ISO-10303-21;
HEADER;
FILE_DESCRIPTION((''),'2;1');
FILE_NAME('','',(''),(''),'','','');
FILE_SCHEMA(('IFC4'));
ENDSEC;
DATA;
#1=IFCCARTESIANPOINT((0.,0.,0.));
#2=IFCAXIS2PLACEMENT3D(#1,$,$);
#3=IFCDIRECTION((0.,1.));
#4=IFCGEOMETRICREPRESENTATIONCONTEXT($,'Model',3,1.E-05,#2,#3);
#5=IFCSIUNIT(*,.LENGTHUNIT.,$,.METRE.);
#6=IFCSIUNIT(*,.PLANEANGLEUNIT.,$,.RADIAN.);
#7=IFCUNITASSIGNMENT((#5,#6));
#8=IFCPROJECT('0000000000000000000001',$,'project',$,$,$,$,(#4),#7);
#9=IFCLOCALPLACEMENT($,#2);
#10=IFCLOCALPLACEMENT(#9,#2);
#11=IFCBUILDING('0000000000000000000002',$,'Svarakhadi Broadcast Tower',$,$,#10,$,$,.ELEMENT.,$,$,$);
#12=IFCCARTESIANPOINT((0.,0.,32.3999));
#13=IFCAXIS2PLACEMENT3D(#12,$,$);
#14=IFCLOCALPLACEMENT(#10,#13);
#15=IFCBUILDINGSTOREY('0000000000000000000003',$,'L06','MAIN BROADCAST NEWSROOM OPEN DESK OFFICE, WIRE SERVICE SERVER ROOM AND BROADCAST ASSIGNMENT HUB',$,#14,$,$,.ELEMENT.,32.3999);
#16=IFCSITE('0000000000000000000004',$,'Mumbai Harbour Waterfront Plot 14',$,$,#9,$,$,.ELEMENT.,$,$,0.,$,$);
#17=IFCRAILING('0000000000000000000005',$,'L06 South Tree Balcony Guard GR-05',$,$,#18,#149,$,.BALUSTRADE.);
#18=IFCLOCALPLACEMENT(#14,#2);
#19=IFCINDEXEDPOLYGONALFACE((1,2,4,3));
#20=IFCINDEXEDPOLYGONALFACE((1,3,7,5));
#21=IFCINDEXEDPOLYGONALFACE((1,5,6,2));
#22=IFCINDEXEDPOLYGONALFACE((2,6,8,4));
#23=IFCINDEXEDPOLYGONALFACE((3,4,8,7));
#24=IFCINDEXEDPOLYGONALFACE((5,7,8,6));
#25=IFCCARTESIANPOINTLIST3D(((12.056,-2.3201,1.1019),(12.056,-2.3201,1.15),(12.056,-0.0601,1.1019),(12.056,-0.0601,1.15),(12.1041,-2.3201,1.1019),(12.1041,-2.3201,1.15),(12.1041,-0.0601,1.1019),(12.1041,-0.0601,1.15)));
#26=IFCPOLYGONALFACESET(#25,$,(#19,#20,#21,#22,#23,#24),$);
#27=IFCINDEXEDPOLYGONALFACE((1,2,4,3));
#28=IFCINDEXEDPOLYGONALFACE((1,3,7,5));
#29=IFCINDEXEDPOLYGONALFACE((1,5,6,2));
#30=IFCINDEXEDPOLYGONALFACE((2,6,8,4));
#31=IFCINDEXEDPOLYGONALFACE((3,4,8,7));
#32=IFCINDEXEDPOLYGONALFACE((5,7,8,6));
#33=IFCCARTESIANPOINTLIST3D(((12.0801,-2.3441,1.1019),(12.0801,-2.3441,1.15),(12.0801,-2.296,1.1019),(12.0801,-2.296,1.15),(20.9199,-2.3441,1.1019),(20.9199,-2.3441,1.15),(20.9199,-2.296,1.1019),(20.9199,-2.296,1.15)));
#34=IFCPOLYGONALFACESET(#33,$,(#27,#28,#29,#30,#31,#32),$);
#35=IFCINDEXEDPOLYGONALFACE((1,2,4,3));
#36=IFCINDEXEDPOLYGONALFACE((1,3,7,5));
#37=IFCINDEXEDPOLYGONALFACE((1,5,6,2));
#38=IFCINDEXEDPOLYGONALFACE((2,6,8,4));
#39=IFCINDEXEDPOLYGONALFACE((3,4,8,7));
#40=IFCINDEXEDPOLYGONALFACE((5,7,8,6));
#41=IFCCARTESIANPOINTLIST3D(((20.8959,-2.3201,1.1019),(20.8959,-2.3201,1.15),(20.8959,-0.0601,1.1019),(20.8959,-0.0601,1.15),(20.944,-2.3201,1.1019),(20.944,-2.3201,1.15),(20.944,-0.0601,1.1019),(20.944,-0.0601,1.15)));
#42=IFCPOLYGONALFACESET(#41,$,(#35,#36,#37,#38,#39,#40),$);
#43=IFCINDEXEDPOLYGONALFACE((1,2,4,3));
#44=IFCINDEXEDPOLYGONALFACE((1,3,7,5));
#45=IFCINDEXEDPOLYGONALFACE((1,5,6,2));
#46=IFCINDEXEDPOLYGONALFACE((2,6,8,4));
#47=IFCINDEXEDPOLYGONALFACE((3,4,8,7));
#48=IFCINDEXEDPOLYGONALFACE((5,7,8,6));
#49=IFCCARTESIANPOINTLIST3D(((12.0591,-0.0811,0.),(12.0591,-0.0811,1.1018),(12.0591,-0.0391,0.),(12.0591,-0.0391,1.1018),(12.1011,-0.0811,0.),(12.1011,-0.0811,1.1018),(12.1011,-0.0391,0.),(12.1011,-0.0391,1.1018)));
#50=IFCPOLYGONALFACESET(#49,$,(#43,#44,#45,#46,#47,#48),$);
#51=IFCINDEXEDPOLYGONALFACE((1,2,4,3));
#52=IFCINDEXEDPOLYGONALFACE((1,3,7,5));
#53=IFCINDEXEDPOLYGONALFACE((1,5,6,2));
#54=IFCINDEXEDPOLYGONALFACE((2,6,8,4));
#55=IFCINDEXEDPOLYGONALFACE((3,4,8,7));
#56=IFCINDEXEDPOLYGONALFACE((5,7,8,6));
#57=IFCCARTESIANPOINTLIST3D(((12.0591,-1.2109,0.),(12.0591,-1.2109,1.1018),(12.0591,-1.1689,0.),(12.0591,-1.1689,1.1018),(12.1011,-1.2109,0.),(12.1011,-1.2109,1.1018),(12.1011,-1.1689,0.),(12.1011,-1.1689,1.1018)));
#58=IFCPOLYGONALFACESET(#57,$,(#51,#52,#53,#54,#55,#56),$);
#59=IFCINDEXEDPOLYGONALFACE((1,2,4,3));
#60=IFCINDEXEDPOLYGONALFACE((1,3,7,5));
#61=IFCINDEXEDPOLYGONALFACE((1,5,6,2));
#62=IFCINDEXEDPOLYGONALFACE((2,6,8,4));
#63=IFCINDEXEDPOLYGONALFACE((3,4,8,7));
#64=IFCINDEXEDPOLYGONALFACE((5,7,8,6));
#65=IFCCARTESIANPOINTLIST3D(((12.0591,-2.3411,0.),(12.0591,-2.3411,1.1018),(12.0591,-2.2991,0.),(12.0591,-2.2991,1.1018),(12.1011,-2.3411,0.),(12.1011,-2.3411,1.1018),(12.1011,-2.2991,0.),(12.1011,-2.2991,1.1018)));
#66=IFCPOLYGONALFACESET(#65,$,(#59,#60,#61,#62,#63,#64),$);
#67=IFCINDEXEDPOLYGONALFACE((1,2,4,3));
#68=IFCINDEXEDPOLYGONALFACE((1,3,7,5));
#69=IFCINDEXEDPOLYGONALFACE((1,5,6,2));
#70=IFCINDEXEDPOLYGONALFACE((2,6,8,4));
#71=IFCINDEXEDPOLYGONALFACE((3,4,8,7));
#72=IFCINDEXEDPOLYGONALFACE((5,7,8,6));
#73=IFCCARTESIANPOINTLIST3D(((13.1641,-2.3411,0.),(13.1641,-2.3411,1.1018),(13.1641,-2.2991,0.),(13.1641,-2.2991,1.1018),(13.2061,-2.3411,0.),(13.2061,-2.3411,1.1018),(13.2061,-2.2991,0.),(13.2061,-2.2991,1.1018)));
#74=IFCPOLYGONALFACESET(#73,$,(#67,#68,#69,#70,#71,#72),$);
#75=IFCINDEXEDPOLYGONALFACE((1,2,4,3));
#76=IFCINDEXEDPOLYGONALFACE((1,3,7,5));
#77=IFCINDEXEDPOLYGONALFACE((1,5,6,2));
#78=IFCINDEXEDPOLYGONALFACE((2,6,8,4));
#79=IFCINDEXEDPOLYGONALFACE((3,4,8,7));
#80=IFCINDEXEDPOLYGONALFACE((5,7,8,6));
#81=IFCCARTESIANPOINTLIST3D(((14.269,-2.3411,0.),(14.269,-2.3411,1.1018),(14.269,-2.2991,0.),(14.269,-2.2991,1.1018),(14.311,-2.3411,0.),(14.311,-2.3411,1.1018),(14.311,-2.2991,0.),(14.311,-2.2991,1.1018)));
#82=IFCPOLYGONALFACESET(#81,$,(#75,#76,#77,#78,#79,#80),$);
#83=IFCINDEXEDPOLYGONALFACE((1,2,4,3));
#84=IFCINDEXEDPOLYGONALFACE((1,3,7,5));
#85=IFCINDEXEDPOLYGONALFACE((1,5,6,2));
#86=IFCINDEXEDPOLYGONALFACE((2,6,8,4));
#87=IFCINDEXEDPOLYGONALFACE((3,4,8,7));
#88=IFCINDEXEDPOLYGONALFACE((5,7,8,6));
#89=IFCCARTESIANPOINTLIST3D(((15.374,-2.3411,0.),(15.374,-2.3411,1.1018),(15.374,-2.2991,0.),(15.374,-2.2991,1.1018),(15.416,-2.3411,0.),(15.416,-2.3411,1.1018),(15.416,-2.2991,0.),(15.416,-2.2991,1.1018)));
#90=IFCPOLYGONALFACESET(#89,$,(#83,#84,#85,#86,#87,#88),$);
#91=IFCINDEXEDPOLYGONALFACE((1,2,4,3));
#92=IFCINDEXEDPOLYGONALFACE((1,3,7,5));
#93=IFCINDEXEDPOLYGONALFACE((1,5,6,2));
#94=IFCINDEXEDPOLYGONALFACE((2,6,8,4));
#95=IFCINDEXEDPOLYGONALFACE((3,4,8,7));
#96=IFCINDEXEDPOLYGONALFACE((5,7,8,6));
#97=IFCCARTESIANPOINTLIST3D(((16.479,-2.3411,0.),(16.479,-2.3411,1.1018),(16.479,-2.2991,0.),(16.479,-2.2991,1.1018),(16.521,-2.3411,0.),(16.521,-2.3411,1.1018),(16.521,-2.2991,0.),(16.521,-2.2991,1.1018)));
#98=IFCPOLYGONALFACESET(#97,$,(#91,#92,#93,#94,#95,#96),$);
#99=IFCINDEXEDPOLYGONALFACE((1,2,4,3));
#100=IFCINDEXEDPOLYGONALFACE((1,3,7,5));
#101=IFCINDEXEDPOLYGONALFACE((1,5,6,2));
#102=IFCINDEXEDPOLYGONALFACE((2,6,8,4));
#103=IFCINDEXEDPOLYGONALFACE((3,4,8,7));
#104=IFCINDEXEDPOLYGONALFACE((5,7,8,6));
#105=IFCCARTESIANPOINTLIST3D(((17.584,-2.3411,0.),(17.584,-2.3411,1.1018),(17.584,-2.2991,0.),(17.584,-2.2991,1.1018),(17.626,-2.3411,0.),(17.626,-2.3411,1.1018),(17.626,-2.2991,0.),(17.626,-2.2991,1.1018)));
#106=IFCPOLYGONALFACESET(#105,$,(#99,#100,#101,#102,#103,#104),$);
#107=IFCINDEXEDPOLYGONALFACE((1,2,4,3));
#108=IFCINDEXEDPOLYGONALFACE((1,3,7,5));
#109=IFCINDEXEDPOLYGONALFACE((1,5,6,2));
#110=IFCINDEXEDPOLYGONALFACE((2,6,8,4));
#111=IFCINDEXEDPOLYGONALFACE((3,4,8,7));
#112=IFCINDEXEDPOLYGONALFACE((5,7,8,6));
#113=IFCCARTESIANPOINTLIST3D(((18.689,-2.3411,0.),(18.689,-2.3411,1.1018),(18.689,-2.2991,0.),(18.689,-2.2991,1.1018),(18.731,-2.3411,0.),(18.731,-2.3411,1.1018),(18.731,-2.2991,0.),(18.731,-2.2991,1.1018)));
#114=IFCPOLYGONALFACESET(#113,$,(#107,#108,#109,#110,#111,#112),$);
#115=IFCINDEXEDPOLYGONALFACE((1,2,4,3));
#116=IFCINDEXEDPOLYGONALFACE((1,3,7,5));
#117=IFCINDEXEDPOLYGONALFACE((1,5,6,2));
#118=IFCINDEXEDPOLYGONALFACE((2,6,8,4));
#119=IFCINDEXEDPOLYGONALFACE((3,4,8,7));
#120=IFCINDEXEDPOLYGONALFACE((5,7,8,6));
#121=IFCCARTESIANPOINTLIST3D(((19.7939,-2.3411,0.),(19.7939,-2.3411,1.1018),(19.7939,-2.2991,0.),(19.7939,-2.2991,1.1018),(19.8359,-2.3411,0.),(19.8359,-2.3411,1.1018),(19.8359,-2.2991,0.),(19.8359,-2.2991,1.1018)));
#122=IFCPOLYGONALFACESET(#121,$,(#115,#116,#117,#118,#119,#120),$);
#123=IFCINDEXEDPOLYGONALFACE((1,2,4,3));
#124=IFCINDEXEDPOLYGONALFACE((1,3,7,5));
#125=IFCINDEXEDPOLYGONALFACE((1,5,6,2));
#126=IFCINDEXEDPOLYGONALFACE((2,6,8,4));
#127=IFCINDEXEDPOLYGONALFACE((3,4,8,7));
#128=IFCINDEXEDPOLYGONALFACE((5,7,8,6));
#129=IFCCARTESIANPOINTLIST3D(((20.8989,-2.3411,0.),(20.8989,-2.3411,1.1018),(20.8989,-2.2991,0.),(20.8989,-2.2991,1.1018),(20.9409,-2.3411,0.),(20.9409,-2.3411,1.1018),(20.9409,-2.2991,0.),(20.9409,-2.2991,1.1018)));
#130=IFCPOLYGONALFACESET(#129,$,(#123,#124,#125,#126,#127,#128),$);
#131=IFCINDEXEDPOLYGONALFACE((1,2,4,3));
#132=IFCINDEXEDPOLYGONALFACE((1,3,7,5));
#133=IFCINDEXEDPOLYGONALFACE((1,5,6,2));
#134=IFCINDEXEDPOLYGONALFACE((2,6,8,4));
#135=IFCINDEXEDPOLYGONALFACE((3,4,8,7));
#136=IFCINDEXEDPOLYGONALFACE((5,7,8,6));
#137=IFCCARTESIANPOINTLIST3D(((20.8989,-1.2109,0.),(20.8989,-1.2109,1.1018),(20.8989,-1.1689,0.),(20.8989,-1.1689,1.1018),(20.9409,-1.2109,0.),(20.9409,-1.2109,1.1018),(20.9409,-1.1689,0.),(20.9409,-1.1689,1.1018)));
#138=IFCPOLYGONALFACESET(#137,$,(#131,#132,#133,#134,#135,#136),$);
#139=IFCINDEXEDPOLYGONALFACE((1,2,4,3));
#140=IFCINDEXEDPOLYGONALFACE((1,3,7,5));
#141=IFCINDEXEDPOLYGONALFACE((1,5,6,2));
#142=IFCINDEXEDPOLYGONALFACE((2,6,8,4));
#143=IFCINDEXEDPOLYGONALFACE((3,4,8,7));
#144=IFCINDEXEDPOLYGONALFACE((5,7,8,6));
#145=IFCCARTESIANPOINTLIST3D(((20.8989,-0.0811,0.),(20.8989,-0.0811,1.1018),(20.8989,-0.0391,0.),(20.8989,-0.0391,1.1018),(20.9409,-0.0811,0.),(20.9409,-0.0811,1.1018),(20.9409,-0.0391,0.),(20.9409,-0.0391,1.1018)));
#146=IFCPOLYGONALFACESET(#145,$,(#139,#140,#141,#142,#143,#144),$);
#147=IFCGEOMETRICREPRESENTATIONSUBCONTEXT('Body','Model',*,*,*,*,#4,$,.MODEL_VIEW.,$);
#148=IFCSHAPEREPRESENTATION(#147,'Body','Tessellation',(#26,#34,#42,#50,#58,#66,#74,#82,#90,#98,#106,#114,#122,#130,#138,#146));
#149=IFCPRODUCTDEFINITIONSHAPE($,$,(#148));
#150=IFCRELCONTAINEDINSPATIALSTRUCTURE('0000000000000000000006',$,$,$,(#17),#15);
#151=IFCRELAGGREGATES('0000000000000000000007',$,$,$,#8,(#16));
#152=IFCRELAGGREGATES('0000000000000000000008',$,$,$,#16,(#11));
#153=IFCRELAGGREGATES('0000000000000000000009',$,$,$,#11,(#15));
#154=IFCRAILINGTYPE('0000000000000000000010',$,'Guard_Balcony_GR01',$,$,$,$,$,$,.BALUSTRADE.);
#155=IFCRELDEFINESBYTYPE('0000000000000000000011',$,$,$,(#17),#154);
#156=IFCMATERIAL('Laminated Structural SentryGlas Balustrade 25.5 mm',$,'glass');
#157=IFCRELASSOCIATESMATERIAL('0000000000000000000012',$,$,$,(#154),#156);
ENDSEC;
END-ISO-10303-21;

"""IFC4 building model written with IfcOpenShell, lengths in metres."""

from ifc_helpers import new_model, si_unit, direction, frame, origin, origin_2d, place, context, subcontext, project, spatial, rectangle, extrude, material, type_object, element, save


model = new_model("IFC4")

# Units and contexts
model_context = context("Model", 3, precision=1e-05, world=origin(), true_north=direction((0.0, 1.0)))
body_context = subcontext(model_context, "Body", "Model", "MODEL_VIEW")
ifc_project = project(units=[si_unit("LENGTHUNIT", "METRE"), si_unit("PLANEANGLEUNIT", "RADIAN")], contexts=[model_context])

# Site, building, storey
site_placement = place(None, origin())
site = spatial("IfcSite", under=ifc_project, at=site_placement, Name="Mumbai Harbour Waterfront Plot 14", CompositionType="ELEMENT", RefElevation=0.0)
building_placement = place(site_placement, origin())
building = spatial("IfcBuilding", under=site, at=building_placement, Name="Svarakhadi Broadcast Tower", CompositionType="ELEMENT")
storey_placement = place(building_placement, frame((0.0, 0.0, 32.3999)))
storey = spatial("IfcBuildingStorey", under=building, at=storey_placement, Name="L06", Description="MAIN BROADCAST NEWSROOM OPEN DESK OFFICE, WIRE SERVICE SERVER ROOM AND BROADCAST ASSIGNMENT HUB", CompositionType="ELEMENT", Elevation=32.3999)

# Railing
ifc_material_1 = material(Name="Laminated Structural SentryGlas Balustrade 25.5 mm", Category="glass")
railing_type = type_object("IfcRailingType", Name="Guard_Balcony_GR01", PredefinedType="BALUSTRADE", material=ifc_material_1)
railing_placement = place(storey_placement, frame((12.0801, -0.0601, 0.0)))
element("IfcRailing", 1, at=railing_placement, inside=storey, type_object=railing_type, Name="L06 South Tree Balcony Guard GR-05", PredefinedType="BALUSTRADE", context=body_context, shape_type="SweptSolid", body=[
    extrude(rectangle(XDim=0.0481, YDim=0.0481, at=origin_2d()), frame((0.0, 0.0, 1.126), z_axis=(0.0, -1.0, 0.0), x_axis=(1.0, 0.0, 0.0)), (0.0, 0.0, 1.0), 2.26),
    extrude(rectangle(XDim=0.0481, YDim=0.0481, at=origin_2d()), frame((0.0, -2.26, 1.126), z_axis=(1.0, 0.0, 0.0), x_axis=(0.0, 1.0, 0.0)), (0.0, 0.0, 1.0), 8.8398),
    extrude(rectangle(XDim=0.0481, YDim=0.0481, at=origin_2d()), frame((8.8398, -2.26, 1.126), z_axis=(0.0, 1.0, 0.0), x_axis=(-1.0, 0.0, 0.0)), (0.0, 0.0, 1.0), 2.26),
    extrude(rectangle(XDim=0.042, YDim=0.042, at=origin_2d()), origin(), (0.0, 0.0, 1.0), 1.1018),
    extrude(rectangle(XDim=0.042, YDim=0.042, at=origin_2d()), frame((0.0, -1.1299, 0.0)), (0.0, 0.0, 1.0), 1.1018),
    extrude(rectangle(XDim=0.042, YDim=0.042, at=origin_2d()), frame((0.0, -2.26, 0.0)), (0.0, 0.0, 1.0), 1.1018),
    extrude(rectangle(XDim=0.042, YDim=0.042, at=origin_2d()), frame((1.105, -2.26, 0.0)), (0.0, 0.0, 1.0), 1.1018),
    extrude(rectangle(XDim=0.042, YDim=0.042, at=origin_2d()), frame((2.21, -2.26, 0.0)), (0.0, 0.0, 1.0), 1.1018),
    extrude(rectangle(XDim=0.042, YDim=0.042, at=origin_2d()), frame((3.3149, -2.26, 0.0)), (0.0, 0.0, 1.0), 1.1018),
    extrude(rectangle(XDim=0.042, YDim=0.042, at=origin_2d()), frame((4.4199, -2.26, 0.0)), (0.0, 0.0, 1.0), 1.1018),
    extrude(rectangle(XDim=0.042, YDim=0.042, at=origin_2d()), frame((5.5249, -2.26, 0.0)), (0.0, 0.0, 1.0), 1.1018),
    extrude(rectangle(XDim=0.042, YDim=0.042, at=origin_2d()), frame((6.6299, -2.26, 0.0)), (0.0, 0.0, 1.0), 1.1018),
    extrude(rectangle(XDim=0.042, YDim=0.042, at=origin_2d()), frame((7.7349, -2.26, 0.0)), (0.0, 0.0, 1.0), 1.1018),
    extrude(rectangle(XDim=0.042, YDim=0.042, at=origin_2d()), frame((8.8398, -2.26, 0.0)), (0.0, 0.0, 1.0), 1.1018),
    extrude(rectangle(XDim=0.042, YDim=0.042, at=origin_2d()), frame((8.8398, -1.1299, 0.0)), (0.0, 0.0, 1.0), 1.1018),
    extrude(rectangle(XDim=0.042, YDim=0.042, at=origin_2d()), frame((8.8398, 0.0, 0.0)), (0.0, 0.0, 1.0), 1.1018),
])

save(model, "model.ifc")
